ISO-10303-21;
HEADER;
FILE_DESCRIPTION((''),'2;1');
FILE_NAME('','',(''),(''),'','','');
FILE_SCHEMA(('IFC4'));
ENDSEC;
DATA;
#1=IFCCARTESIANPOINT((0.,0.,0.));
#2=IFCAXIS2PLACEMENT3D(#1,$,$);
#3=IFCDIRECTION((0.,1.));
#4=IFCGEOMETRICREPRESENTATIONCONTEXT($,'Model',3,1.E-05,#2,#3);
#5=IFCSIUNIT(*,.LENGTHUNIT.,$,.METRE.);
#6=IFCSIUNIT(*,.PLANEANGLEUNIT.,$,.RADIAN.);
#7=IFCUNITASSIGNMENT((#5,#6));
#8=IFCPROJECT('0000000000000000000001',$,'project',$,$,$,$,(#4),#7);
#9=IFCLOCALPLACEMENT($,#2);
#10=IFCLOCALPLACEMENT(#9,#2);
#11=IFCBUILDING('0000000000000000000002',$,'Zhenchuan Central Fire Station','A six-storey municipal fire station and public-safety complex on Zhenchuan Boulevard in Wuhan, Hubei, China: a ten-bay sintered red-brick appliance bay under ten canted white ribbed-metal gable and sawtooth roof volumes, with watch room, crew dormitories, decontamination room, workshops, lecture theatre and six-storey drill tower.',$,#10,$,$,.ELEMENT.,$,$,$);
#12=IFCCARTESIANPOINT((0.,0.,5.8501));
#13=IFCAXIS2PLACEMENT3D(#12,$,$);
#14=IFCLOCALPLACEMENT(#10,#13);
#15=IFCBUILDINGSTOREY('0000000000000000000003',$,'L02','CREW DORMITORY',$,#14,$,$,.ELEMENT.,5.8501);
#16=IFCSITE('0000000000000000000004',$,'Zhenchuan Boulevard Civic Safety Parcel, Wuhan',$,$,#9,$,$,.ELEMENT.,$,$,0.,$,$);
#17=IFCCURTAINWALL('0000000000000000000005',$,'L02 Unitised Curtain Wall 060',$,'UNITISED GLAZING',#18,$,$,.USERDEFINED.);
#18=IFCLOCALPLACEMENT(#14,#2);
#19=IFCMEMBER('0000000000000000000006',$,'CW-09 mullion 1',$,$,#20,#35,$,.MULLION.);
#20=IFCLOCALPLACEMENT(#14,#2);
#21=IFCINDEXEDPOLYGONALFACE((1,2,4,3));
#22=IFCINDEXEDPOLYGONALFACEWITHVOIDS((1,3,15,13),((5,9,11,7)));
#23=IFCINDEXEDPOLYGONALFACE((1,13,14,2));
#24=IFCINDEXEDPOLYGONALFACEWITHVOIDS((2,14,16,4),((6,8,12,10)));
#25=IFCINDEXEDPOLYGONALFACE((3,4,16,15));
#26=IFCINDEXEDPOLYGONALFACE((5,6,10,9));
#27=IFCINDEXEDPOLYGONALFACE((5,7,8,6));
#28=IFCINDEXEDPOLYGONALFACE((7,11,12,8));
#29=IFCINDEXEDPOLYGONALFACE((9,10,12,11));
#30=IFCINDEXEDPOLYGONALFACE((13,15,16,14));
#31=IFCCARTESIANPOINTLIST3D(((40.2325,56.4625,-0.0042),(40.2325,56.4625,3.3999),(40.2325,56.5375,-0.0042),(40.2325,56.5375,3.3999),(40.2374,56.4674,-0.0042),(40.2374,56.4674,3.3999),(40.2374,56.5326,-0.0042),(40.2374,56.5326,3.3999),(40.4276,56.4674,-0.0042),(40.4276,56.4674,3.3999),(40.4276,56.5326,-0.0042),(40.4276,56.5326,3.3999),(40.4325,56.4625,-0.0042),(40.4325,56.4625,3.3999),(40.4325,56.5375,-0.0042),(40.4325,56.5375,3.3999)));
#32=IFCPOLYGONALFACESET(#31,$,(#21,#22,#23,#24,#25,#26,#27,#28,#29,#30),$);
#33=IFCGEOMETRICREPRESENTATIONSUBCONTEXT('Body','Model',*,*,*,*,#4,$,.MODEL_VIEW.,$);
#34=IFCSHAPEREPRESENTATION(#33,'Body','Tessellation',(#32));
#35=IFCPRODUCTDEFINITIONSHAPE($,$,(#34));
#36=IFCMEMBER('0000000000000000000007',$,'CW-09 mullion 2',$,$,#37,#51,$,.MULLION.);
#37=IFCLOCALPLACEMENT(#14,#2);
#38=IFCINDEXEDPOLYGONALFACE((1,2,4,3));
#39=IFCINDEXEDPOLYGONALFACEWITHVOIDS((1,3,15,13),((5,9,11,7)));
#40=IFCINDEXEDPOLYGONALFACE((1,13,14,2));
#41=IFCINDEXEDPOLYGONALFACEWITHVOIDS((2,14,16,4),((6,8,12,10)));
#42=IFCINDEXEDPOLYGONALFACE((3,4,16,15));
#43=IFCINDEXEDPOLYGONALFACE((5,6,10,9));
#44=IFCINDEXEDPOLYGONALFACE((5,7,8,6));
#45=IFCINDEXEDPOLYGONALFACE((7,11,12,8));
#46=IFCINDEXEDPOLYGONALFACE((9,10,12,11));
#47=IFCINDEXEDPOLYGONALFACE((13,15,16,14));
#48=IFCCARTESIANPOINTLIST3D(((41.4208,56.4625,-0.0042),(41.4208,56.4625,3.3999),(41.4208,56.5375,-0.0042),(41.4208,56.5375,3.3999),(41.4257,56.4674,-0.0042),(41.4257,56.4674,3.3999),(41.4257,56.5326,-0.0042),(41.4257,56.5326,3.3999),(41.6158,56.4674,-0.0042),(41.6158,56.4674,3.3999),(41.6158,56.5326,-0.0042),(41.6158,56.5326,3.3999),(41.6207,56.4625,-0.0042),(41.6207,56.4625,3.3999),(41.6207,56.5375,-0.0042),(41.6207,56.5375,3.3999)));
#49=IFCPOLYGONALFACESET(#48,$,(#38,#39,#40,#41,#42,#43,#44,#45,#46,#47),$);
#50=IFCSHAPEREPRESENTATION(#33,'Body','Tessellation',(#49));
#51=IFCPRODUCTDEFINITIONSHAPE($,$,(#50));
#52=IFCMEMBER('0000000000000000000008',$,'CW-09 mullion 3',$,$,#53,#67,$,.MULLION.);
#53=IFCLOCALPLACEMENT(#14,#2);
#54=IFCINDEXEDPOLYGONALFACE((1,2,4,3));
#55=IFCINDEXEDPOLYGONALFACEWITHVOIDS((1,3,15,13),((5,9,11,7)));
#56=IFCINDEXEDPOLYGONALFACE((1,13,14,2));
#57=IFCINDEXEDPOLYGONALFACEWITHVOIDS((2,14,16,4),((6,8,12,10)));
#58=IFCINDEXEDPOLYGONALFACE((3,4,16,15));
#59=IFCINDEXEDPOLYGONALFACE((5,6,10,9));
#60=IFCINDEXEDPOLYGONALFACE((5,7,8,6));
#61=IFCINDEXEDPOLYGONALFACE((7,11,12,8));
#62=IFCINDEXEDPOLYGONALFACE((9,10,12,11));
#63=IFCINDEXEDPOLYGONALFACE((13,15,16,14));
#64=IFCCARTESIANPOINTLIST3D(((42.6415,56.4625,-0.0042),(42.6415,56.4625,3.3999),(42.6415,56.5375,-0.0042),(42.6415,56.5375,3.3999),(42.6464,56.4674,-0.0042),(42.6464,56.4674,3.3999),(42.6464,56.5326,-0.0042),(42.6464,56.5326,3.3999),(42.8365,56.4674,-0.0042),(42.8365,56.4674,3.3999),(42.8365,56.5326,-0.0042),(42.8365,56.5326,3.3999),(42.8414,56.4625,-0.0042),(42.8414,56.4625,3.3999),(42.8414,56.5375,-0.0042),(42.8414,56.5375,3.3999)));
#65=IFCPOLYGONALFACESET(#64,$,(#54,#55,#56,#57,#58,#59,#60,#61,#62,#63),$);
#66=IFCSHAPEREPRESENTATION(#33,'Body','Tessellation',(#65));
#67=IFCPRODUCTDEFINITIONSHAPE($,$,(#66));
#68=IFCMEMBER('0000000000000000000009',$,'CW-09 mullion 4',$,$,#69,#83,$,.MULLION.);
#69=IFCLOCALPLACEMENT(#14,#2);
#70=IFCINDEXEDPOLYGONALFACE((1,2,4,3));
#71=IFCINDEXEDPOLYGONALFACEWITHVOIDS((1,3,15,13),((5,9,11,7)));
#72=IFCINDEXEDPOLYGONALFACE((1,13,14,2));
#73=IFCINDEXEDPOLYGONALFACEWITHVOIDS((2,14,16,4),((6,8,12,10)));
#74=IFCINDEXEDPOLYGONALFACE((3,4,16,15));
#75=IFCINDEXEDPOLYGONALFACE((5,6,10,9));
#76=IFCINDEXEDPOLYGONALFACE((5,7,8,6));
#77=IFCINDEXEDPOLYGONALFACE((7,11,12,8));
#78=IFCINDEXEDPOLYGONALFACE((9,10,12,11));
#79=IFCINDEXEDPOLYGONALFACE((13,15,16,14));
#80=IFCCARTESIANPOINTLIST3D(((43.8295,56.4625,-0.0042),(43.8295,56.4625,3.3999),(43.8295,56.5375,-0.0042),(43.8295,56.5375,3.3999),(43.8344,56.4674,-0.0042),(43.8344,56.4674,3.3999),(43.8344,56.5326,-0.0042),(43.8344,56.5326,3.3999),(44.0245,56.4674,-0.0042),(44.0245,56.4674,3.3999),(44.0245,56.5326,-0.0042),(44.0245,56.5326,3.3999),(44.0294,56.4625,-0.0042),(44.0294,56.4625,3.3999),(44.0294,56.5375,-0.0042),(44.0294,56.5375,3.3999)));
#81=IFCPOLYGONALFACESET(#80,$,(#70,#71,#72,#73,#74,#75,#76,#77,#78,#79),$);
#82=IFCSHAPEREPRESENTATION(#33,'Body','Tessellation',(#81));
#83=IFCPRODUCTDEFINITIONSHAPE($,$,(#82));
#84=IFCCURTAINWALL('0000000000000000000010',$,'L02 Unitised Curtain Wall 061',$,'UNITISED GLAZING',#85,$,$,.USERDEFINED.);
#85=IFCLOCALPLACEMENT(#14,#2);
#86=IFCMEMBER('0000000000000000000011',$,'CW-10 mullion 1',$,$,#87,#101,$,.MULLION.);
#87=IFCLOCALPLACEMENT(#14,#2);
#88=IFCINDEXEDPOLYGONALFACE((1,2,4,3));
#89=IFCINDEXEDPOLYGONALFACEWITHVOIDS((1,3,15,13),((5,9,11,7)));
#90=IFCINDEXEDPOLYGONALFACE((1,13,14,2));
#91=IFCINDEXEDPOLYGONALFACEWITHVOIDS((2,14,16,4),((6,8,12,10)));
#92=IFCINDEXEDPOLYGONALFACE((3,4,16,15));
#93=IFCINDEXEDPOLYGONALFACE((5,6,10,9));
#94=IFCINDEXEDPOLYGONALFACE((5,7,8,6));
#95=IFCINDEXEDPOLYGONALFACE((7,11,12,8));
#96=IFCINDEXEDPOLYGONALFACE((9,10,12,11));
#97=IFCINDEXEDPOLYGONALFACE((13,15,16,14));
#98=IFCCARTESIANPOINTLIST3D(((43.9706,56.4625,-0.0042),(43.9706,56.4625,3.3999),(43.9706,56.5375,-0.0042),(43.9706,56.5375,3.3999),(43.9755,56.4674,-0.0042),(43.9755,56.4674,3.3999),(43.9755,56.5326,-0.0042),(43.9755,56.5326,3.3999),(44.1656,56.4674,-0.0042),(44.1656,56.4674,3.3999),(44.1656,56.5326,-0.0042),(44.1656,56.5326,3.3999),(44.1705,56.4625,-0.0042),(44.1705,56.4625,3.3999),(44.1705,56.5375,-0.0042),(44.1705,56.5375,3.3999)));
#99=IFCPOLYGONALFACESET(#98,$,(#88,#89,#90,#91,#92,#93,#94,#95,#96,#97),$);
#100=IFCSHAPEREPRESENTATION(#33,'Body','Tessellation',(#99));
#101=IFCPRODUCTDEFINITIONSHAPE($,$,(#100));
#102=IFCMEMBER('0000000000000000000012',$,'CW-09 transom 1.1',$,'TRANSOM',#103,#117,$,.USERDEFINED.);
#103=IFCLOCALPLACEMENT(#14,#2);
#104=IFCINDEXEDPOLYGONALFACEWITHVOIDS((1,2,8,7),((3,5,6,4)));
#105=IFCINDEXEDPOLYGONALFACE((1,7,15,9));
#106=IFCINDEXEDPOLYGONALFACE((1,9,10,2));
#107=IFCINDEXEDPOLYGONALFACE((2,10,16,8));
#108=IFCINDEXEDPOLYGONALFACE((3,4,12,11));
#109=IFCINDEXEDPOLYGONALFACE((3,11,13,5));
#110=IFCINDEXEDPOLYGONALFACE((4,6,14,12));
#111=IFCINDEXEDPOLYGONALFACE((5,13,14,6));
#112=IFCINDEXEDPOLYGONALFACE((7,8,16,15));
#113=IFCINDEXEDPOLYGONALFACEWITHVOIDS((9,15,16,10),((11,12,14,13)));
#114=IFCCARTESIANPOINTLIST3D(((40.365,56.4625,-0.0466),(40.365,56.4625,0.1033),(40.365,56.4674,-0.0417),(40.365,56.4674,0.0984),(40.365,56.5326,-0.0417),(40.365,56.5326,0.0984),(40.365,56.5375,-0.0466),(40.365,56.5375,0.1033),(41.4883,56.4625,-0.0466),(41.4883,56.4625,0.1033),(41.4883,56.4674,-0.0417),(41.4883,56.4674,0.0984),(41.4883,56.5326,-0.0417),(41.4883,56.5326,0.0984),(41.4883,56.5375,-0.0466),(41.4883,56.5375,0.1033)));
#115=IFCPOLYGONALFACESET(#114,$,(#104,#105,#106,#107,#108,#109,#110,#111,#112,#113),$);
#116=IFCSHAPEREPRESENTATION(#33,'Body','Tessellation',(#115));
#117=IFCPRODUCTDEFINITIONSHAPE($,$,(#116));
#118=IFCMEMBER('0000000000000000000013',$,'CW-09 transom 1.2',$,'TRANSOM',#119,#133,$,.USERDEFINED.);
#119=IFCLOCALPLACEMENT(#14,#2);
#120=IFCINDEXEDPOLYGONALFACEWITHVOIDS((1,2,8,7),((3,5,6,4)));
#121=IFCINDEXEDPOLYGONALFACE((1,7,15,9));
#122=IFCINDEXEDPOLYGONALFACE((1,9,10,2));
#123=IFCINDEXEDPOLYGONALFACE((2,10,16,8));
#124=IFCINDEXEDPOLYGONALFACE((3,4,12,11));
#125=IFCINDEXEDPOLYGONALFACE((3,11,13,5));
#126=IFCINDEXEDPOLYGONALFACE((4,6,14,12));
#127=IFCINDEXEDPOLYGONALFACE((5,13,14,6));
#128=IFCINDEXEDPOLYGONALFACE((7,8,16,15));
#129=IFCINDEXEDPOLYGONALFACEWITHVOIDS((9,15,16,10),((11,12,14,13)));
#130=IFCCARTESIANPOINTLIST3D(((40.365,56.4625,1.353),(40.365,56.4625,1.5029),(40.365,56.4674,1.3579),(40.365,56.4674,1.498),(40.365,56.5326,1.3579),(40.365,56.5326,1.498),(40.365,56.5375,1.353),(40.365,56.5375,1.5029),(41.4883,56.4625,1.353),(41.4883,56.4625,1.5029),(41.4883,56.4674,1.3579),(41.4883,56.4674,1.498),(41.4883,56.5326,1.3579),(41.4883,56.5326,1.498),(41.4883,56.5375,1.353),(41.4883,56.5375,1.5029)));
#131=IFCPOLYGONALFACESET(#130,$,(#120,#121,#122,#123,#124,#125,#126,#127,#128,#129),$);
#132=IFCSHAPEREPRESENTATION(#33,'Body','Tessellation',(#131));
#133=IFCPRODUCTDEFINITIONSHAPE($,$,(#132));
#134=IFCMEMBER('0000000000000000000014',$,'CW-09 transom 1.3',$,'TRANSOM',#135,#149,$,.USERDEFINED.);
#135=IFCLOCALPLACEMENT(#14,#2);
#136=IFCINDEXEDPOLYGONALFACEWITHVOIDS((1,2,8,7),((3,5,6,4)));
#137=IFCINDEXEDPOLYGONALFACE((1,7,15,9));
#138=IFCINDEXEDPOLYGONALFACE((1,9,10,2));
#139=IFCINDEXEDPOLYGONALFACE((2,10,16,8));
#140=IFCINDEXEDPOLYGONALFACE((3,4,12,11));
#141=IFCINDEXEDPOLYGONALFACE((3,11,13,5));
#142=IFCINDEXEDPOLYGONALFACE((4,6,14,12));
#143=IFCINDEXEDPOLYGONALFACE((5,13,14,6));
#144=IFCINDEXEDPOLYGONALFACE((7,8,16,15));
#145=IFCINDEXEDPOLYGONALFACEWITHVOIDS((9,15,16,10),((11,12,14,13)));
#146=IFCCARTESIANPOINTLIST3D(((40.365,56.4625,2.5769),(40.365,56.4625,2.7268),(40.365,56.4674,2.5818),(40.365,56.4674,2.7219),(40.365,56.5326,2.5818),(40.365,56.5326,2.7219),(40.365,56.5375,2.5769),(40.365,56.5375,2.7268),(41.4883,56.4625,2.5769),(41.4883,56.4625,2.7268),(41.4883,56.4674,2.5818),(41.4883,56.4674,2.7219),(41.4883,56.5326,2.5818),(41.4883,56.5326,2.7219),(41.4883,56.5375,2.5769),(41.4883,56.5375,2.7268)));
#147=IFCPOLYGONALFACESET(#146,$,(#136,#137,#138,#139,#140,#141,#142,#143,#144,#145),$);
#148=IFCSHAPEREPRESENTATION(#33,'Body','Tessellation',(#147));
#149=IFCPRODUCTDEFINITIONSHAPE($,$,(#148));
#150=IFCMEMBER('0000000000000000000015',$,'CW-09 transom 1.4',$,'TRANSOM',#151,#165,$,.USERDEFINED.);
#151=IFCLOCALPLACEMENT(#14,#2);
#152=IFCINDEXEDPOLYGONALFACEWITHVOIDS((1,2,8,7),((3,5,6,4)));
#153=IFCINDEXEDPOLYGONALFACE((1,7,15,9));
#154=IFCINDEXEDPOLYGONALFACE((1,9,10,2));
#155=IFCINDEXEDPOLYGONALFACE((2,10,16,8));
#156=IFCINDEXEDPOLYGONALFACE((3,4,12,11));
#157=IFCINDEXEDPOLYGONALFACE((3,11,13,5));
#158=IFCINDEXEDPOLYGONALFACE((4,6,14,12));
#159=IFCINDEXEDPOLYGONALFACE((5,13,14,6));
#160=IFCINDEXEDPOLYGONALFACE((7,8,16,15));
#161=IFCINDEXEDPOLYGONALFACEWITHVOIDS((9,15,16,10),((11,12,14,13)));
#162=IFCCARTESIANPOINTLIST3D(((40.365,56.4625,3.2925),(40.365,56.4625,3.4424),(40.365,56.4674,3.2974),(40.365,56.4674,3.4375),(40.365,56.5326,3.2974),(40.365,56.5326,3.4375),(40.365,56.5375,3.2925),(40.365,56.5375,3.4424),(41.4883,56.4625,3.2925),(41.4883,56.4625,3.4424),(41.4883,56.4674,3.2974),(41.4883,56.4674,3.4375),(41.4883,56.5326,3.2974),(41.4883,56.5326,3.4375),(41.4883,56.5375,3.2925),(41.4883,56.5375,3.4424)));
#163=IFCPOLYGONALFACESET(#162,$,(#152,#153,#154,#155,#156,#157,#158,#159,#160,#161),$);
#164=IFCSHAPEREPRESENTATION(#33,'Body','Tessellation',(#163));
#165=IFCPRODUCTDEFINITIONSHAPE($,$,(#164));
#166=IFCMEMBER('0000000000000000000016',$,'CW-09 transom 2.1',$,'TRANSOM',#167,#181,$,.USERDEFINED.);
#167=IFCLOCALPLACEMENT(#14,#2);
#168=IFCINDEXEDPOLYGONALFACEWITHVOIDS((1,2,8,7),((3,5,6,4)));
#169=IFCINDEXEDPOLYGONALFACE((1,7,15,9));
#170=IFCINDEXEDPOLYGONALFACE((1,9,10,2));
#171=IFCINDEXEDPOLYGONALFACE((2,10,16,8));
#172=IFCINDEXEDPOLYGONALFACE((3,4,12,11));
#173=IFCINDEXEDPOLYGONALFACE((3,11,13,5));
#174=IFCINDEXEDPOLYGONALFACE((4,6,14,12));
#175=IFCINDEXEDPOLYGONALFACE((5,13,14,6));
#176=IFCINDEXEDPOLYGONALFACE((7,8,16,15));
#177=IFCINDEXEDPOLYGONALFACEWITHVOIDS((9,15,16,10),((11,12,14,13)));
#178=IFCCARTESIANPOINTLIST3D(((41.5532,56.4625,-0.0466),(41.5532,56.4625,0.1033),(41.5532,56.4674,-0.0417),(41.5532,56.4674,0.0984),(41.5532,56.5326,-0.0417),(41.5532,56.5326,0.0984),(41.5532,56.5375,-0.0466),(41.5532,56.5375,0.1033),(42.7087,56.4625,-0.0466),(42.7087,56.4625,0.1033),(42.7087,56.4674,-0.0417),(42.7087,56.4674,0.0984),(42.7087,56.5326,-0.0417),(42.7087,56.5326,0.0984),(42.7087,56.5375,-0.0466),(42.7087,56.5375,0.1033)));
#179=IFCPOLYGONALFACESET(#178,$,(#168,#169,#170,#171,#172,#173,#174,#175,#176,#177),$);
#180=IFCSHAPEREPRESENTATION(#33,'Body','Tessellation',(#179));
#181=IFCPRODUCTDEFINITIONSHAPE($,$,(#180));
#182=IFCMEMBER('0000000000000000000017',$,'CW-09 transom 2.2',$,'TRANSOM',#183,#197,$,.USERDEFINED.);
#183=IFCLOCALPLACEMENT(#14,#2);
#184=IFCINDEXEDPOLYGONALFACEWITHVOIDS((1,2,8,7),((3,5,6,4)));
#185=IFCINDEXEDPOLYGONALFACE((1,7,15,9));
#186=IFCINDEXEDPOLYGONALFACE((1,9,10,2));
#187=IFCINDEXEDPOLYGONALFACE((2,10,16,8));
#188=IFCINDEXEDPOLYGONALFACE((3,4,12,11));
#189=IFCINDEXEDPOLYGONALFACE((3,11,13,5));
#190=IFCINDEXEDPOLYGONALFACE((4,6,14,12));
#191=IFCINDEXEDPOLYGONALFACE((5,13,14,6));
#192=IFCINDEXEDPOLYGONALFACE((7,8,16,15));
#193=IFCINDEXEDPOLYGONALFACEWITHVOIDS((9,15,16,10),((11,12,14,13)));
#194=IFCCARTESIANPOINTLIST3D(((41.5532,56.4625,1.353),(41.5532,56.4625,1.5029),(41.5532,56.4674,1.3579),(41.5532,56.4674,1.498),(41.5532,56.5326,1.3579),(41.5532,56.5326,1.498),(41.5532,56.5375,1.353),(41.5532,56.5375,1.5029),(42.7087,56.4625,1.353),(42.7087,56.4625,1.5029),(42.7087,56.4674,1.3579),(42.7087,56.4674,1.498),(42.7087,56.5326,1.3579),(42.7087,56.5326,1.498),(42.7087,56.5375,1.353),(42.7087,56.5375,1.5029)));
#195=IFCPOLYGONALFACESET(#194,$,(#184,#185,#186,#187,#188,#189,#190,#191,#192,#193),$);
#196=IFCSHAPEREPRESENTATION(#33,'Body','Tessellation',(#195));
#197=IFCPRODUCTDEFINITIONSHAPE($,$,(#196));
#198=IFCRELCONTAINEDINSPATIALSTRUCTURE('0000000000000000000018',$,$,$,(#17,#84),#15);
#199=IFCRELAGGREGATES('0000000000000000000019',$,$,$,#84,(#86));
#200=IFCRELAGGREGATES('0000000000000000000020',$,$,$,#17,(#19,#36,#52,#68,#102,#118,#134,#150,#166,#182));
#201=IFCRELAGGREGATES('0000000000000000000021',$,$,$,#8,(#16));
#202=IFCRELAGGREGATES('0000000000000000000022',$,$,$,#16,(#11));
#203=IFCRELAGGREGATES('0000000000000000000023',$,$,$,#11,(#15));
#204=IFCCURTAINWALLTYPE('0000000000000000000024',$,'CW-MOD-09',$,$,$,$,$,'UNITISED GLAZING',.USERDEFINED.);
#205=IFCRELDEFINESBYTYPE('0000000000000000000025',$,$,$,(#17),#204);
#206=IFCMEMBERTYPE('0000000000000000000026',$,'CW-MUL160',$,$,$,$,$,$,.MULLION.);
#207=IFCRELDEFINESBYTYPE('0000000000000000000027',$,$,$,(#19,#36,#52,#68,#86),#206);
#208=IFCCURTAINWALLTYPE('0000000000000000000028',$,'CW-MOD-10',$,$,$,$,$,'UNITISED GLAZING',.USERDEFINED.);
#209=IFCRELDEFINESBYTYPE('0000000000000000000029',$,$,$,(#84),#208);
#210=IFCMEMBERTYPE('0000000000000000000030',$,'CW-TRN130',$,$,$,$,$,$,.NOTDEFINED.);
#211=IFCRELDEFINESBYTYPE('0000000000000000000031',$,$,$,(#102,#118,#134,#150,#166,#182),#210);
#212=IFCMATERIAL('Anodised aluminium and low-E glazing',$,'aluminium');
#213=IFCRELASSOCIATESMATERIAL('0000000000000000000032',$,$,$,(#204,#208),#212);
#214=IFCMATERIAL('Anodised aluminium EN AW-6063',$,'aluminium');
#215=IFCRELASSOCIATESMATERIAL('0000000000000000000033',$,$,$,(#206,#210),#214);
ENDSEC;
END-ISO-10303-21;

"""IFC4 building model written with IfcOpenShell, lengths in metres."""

from ifc_helpers import new_model, si_unit, direction, frame, origin, origin_2d, place, context, subcontext, project, spatial, hollow_rectangle, extrude, material, material_profile, profile_set, type_object, element, aggregate, save


model = new_model("IFC4")

# Units and contexts
model_context = context("Model", 3, precision=1e-05, world=origin(), true_north=direction((0.0, 1.0)))
body_context = subcontext(model_context, "Body", "Model", "MODEL_VIEW")
ifc_project = project(units=[si_unit("LENGTHUNIT", "METRE"), si_unit("PLANEANGLEUNIT", "RADIAN")], contexts=[model_context])

# Site, building, storey
site_placement = place(None, origin())
site = spatial("IfcSite", under=ifc_project, at=site_placement, Name="Zhenchuan Boulevard Civic Safety Parcel, Wuhan", CompositionType="ELEMENT", RefElevation=0.0)
building_placement = place(site_placement, origin())
building = spatial("IfcBuilding", under=site, at=building_placement, Name="Zhenchuan Central Fire Station", Description="A six-storey municipal fire station and public-safety complex on Zhenchuan Boulevard in Wuhan, Hubei, China: a ten-bay sintered red-brick appliance bay under ten canted white ribbed-metal gable and sawtooth roof volumes, with watch room, crew dormitories, decontamination room, workshops, lecture theatre and six-storey drill tower.", CompositionType="ELEMENT")
storey_placement = place(building_placement, frame((0.0, 0.0, 5.8501)))
storey = spatial("IfcBuildingStorey", under=building, at=storey_placement, Name="L02", Description="CREW DORMITORY", CompositionType="ELEMENT", Elevation=5.8501)

# Curtain wall, members
ifc_material_1 = material(Name="Anodised aluminium and low-E glazing", Category="aluminium")
curtain_wall_type_1 = type_object("IfcCurtainWallType", Name="CW-MOD-09", ElementType="UNITISED GLAZING", PredefinedType="USERDEFINED", material=ifc_material_1)
curtain_wall_1_placement = place(storey_placement, origin())
curtain_wall_1 = element("IfcCurtainWall", 1, at=curtain_wall_1_placement, inside=storey, type_object=curtain_wall_type_1, Name="L02 Unitised Curtain Wall 060", ObjectType="UNITISED GLAZING", PredefinedType="USERDEFINED")
ifc_material_2 = material(Name="Anodised aluminium EN AW-6063", Category="aluminium")
ifc_material_profile_1 = material_profile(ifc_material_2, hollow_rectangle(XDim=0.075, YDim=0.2, WallThickness=0.0049, at=origin_2d()), Name="ALU-M 200x75")
ifc_profile_set_1 = profile_set([ifc_material_profile_1], Name="Anodised aluminium EN AW-6063")
member_type_1 = type_object("IfcMemberType", Name="CW-MUL160", PredefinedType="MULLION", material=ifc_profile_set_1)
member_1_placement = place(storey_placement, frame((40.3325, 56.5, -0.0042), z_axis=(0.0, 0.0, 1.0), x_axis=(0.0, 1.0, 0.0)))
member_1 = element("IfcMember", 2, at=member_1_placement, type_object=member_type_1, Name="CW-09 mullion 1", PredefinedType="MULLION", context=body_context, shape_type="SweptSolid", body=[
    extrude(hollow_rectangle(XDim=0.075, YDim=0.2, WallThickness=0.0049, at=origin_2d()), origin(), (0.0, 0.0, 1.0), 3.4041),
])
member_2_placement = place(storey_placement, frame((41.5208, 56.5, -0.0042), z_axis=(0.0, 0.0, 1.0), x_axis=(0.0, 1.0, 0.0)))
member_2 = element("IfcMember", 3, at=member_2_placement, type_object=member_type_1, Name="CW-09 mullion 2", PredefinedType="MULLION", context=body_context, shape_type="SweptSolid", body=[
    extrude(hollow_rectangle(XDim=0.075, YDim=0.2, WallThickness=0.0049, at=origin_2d()), origin(), (0.0, 0.0, 1.0), 3.4041),
])
member_3_placement = place(storey_placement, frame((42.7415, 56.5, -0.0042), z_axis=(0.0, 0.0, 1.0), x_axis=(0.0, 1.0, 0.0)))
member_3 = element("IfcMember", 4, at=member_3_placement, type_object=member_type_1, Name="CW-09 mullion 3", PredefinedType="MULLION", context=body_context, shape_type="SweptSolid", body=[
    extrude(hollow_rectangle(XDim=0.075, YDim=0.2, WallThickness=0.0049, at=origin_2d()), origin(), (0.0, 0.0, 1.0), 3.4041),
])
member_4_placement = place(storey_placement, frame((43.9294, 56.5, -0.0042), z_axis=(0.0, 0.0, 1.0), x_axis=(0.0, 1.0, 0.0)))
member_4 = element("IfcMember", 5, at=member_4_placement, type_object=member_type_1, Name="CW-09 mullion 4", PredefinedType="MULLION", context=body_context, shape_type="SweptSolid", body=[
    extrude(hollow_rectangle(XDim=0.075, YDim=0.2, WallThickness=0.0049, at=origin_2d()), origin(), (0.0, 0.0, 1.0), 3.4041),
])

# Curtain wall, member
curtain_wall_type_2 = type_object("IfcCurtainWallType", Name="CW-MOD-10", ElementType="UNITISED GLAZING", PredefinedType="USERDEFINED", material=ifc_material_1)
curtain_wall_2_placement = place(storey_placement, origin())
curtain_wall_2 = element("IfcCurtainWall", 6, at=curtain_wall_2_placement, inside=storey, type_object=curtain_wall_type_2, Name="L02 Unitised Curtain Wall 061", ObjectType="UNITISED GLAZING", PredefinedType="USERDEFINED")
member_5_placement = place(storey_placement, frame((44.0706, 56.5, -0.0042), z_axis=(0.0, 0.0, 1.0), x_axis=(0.0, 1.0, 0.0)))
member_5 = element("IfcMember", 7, at=member_5_placement, type_object=member_type_1, Name="CW-10 mullion 1", PredefinedType="MULLION", context=body_context, shape_type="SweptSolid", body=[
    extrude(hollow_rectangle(XDim=0.075, YDim=0.2, WallThickness=0.0049, at=origin_2d()), origin(), (0.0, 0.0, 1.0), 3.4041),
])

# Members
ifc_material_profile_2 = material_profile(ifc_material_2, hollow_rectangle(XDim=0.075, YDim=0.1499, WallThickness=0.0049, at=origin_2d()), Name="ALU-T 150x75")
ifc_profile_set_2 = profile_set([ifc_material_profile_2], Name="Anodised aluminium EN AW-6063")
member_type_2 = type_object("IfcMemberType", Name="CW-TRN130", PredefinedType="NOTDEFINED", material=ifc_profile_set_2)
member_6_placement = place(storey_placement, frame((40.365, 56.5, 0.0283), z_axis=(1.0, 0.0, 0.0), x_axis=(0.0, 1.0, 0.0)))
member_6 = element("IfcMember", 8, at=member_6_placement, type_object=member_type_2, Name="CW-09 transom 1.1", ObjectType="TRANSOM", PredefinedType="USERDEFINED", context=body_context, shape_type="SweptSolid", body=[
    extrude(hollow_rectangle(XDim=0.075, YDim=0.1499, WallThickness=0.0049, at=origin_2d()), origin(), (0.0, 0.0, 1.0), 1.1233),
])
member_7_placement = place(storey_placement, frame((40.365, 56.5, 1.428), z_axis=(1.0, 0.0, 0.0), x_axis=(0.0, 1.0, 0.0)))
member_7 = element("IfcMember", 9, at=member_7_placement, type_object=member_type_2, Name="CW-09 transom 1.2", ObjectType="TRANSOM", PredefinedType="USERDEFINED", context=body_context, shape_type="SweptSolid", body=[
    extrude(hollow_rectangle(XDim=0.075, YDim=0.1499, WallThickness=0.0049, at=origin_2d()), origin(), (0.0, 0.0, 1.0), 1.1233),
])
member_8_placement = place(storey_placement, frame((40.365, 56.5, 2.6519), z_axis=(1.0, 0.0, 0.0), x_axis=(0.0, 1.0, 0.0)))
member_8 = element("IfcMember", 10, at=member_8_placement, type_object=member_type_2, Name="CW-09 transom 1.3", ObjectType="TRANSOM", PredefinedType="USERDEFINED", context=body_context, shape_type="SweptSolid", body=[
    extrude(hollow_rectangle(XDim=0.075, YDim=0.1499, WallThickness=0.0049, at=origin_2d()), origin(), (0.0, 0.0, 1.0), 1.1233),
])
member_9_placement = place(storey_placement, frame((40.365, 56.5, 3.3674), z_axis=(1.0, 0.0, 0.0), x_axis=(0.0, 1.0, 0.0)))
member_9 = element("IfcMember", 11, at=member_9_placement, type_object=member_type_2, Name="CW-09 transom 1.4", ObjectType="TRANSOM", PredefinedType="USERDEFINED", context=body_context, shape_type="SweptSolid", body=[
    extrude(hollow_rectangle(XDim=0.075, YDim=0.1499, WallThickness=0.0049, at=origin_2d()), origin(), (0.0, 0.0, 1.0), 1.1233),
])
member_10_placement = place(storey_placement, frame((41.5532, 56.5, 0.0283), z_axis=(1.0, 0.0, 0.0), x_axis=(0.0, 1.0, 0.0)))
member_10 = element("IfcMember", 12, at=member_10_placement, type_object=member_type_2, Name="CW-09 transom 2.1", ObjectType="TRANSOM", PredefinedType="USERDEFINED", context=body_context, shape_type="SweptSolid", body=[
    extrude(hollow_rectangle(XDim=0.075, YDim=0.1499, WallThickness=0.0049, at=origin_2d()), origin(), (0.0, 0.0, 1.0), 1.1555),
])
member_11_placement = place(storey_placement, frame((41.5532, 56.5, 1.428), z_axis=(1.0, 0.0, 0.0), x_axis=(0.0, 1.0, 0.0)))
member_11 = element("IfcMember", 13, at=member_11_placement, type_object=member_type_2, Name="CW-09 transom 2.2", ObjectType="TRANSOM", PredefinedType="USERDEFINED", context=body_context, shape_type="SweptSolid", body=[
    extrude(hollow_rectangle(XDim=0.075, YDim=0.1499, WallThickness=0.0049, at=origin_2d()), origin(), (0.0, 0.0, 1.0), 1.1555),
])
aggregate(curtain_wall_2, [member_5])

aggregate(curtain_wall_1, [member_1, member_2, member_3, member_4, member_6, member_7, member_8, member_9, member_10, member_11])

save(model, "model.ifc")
